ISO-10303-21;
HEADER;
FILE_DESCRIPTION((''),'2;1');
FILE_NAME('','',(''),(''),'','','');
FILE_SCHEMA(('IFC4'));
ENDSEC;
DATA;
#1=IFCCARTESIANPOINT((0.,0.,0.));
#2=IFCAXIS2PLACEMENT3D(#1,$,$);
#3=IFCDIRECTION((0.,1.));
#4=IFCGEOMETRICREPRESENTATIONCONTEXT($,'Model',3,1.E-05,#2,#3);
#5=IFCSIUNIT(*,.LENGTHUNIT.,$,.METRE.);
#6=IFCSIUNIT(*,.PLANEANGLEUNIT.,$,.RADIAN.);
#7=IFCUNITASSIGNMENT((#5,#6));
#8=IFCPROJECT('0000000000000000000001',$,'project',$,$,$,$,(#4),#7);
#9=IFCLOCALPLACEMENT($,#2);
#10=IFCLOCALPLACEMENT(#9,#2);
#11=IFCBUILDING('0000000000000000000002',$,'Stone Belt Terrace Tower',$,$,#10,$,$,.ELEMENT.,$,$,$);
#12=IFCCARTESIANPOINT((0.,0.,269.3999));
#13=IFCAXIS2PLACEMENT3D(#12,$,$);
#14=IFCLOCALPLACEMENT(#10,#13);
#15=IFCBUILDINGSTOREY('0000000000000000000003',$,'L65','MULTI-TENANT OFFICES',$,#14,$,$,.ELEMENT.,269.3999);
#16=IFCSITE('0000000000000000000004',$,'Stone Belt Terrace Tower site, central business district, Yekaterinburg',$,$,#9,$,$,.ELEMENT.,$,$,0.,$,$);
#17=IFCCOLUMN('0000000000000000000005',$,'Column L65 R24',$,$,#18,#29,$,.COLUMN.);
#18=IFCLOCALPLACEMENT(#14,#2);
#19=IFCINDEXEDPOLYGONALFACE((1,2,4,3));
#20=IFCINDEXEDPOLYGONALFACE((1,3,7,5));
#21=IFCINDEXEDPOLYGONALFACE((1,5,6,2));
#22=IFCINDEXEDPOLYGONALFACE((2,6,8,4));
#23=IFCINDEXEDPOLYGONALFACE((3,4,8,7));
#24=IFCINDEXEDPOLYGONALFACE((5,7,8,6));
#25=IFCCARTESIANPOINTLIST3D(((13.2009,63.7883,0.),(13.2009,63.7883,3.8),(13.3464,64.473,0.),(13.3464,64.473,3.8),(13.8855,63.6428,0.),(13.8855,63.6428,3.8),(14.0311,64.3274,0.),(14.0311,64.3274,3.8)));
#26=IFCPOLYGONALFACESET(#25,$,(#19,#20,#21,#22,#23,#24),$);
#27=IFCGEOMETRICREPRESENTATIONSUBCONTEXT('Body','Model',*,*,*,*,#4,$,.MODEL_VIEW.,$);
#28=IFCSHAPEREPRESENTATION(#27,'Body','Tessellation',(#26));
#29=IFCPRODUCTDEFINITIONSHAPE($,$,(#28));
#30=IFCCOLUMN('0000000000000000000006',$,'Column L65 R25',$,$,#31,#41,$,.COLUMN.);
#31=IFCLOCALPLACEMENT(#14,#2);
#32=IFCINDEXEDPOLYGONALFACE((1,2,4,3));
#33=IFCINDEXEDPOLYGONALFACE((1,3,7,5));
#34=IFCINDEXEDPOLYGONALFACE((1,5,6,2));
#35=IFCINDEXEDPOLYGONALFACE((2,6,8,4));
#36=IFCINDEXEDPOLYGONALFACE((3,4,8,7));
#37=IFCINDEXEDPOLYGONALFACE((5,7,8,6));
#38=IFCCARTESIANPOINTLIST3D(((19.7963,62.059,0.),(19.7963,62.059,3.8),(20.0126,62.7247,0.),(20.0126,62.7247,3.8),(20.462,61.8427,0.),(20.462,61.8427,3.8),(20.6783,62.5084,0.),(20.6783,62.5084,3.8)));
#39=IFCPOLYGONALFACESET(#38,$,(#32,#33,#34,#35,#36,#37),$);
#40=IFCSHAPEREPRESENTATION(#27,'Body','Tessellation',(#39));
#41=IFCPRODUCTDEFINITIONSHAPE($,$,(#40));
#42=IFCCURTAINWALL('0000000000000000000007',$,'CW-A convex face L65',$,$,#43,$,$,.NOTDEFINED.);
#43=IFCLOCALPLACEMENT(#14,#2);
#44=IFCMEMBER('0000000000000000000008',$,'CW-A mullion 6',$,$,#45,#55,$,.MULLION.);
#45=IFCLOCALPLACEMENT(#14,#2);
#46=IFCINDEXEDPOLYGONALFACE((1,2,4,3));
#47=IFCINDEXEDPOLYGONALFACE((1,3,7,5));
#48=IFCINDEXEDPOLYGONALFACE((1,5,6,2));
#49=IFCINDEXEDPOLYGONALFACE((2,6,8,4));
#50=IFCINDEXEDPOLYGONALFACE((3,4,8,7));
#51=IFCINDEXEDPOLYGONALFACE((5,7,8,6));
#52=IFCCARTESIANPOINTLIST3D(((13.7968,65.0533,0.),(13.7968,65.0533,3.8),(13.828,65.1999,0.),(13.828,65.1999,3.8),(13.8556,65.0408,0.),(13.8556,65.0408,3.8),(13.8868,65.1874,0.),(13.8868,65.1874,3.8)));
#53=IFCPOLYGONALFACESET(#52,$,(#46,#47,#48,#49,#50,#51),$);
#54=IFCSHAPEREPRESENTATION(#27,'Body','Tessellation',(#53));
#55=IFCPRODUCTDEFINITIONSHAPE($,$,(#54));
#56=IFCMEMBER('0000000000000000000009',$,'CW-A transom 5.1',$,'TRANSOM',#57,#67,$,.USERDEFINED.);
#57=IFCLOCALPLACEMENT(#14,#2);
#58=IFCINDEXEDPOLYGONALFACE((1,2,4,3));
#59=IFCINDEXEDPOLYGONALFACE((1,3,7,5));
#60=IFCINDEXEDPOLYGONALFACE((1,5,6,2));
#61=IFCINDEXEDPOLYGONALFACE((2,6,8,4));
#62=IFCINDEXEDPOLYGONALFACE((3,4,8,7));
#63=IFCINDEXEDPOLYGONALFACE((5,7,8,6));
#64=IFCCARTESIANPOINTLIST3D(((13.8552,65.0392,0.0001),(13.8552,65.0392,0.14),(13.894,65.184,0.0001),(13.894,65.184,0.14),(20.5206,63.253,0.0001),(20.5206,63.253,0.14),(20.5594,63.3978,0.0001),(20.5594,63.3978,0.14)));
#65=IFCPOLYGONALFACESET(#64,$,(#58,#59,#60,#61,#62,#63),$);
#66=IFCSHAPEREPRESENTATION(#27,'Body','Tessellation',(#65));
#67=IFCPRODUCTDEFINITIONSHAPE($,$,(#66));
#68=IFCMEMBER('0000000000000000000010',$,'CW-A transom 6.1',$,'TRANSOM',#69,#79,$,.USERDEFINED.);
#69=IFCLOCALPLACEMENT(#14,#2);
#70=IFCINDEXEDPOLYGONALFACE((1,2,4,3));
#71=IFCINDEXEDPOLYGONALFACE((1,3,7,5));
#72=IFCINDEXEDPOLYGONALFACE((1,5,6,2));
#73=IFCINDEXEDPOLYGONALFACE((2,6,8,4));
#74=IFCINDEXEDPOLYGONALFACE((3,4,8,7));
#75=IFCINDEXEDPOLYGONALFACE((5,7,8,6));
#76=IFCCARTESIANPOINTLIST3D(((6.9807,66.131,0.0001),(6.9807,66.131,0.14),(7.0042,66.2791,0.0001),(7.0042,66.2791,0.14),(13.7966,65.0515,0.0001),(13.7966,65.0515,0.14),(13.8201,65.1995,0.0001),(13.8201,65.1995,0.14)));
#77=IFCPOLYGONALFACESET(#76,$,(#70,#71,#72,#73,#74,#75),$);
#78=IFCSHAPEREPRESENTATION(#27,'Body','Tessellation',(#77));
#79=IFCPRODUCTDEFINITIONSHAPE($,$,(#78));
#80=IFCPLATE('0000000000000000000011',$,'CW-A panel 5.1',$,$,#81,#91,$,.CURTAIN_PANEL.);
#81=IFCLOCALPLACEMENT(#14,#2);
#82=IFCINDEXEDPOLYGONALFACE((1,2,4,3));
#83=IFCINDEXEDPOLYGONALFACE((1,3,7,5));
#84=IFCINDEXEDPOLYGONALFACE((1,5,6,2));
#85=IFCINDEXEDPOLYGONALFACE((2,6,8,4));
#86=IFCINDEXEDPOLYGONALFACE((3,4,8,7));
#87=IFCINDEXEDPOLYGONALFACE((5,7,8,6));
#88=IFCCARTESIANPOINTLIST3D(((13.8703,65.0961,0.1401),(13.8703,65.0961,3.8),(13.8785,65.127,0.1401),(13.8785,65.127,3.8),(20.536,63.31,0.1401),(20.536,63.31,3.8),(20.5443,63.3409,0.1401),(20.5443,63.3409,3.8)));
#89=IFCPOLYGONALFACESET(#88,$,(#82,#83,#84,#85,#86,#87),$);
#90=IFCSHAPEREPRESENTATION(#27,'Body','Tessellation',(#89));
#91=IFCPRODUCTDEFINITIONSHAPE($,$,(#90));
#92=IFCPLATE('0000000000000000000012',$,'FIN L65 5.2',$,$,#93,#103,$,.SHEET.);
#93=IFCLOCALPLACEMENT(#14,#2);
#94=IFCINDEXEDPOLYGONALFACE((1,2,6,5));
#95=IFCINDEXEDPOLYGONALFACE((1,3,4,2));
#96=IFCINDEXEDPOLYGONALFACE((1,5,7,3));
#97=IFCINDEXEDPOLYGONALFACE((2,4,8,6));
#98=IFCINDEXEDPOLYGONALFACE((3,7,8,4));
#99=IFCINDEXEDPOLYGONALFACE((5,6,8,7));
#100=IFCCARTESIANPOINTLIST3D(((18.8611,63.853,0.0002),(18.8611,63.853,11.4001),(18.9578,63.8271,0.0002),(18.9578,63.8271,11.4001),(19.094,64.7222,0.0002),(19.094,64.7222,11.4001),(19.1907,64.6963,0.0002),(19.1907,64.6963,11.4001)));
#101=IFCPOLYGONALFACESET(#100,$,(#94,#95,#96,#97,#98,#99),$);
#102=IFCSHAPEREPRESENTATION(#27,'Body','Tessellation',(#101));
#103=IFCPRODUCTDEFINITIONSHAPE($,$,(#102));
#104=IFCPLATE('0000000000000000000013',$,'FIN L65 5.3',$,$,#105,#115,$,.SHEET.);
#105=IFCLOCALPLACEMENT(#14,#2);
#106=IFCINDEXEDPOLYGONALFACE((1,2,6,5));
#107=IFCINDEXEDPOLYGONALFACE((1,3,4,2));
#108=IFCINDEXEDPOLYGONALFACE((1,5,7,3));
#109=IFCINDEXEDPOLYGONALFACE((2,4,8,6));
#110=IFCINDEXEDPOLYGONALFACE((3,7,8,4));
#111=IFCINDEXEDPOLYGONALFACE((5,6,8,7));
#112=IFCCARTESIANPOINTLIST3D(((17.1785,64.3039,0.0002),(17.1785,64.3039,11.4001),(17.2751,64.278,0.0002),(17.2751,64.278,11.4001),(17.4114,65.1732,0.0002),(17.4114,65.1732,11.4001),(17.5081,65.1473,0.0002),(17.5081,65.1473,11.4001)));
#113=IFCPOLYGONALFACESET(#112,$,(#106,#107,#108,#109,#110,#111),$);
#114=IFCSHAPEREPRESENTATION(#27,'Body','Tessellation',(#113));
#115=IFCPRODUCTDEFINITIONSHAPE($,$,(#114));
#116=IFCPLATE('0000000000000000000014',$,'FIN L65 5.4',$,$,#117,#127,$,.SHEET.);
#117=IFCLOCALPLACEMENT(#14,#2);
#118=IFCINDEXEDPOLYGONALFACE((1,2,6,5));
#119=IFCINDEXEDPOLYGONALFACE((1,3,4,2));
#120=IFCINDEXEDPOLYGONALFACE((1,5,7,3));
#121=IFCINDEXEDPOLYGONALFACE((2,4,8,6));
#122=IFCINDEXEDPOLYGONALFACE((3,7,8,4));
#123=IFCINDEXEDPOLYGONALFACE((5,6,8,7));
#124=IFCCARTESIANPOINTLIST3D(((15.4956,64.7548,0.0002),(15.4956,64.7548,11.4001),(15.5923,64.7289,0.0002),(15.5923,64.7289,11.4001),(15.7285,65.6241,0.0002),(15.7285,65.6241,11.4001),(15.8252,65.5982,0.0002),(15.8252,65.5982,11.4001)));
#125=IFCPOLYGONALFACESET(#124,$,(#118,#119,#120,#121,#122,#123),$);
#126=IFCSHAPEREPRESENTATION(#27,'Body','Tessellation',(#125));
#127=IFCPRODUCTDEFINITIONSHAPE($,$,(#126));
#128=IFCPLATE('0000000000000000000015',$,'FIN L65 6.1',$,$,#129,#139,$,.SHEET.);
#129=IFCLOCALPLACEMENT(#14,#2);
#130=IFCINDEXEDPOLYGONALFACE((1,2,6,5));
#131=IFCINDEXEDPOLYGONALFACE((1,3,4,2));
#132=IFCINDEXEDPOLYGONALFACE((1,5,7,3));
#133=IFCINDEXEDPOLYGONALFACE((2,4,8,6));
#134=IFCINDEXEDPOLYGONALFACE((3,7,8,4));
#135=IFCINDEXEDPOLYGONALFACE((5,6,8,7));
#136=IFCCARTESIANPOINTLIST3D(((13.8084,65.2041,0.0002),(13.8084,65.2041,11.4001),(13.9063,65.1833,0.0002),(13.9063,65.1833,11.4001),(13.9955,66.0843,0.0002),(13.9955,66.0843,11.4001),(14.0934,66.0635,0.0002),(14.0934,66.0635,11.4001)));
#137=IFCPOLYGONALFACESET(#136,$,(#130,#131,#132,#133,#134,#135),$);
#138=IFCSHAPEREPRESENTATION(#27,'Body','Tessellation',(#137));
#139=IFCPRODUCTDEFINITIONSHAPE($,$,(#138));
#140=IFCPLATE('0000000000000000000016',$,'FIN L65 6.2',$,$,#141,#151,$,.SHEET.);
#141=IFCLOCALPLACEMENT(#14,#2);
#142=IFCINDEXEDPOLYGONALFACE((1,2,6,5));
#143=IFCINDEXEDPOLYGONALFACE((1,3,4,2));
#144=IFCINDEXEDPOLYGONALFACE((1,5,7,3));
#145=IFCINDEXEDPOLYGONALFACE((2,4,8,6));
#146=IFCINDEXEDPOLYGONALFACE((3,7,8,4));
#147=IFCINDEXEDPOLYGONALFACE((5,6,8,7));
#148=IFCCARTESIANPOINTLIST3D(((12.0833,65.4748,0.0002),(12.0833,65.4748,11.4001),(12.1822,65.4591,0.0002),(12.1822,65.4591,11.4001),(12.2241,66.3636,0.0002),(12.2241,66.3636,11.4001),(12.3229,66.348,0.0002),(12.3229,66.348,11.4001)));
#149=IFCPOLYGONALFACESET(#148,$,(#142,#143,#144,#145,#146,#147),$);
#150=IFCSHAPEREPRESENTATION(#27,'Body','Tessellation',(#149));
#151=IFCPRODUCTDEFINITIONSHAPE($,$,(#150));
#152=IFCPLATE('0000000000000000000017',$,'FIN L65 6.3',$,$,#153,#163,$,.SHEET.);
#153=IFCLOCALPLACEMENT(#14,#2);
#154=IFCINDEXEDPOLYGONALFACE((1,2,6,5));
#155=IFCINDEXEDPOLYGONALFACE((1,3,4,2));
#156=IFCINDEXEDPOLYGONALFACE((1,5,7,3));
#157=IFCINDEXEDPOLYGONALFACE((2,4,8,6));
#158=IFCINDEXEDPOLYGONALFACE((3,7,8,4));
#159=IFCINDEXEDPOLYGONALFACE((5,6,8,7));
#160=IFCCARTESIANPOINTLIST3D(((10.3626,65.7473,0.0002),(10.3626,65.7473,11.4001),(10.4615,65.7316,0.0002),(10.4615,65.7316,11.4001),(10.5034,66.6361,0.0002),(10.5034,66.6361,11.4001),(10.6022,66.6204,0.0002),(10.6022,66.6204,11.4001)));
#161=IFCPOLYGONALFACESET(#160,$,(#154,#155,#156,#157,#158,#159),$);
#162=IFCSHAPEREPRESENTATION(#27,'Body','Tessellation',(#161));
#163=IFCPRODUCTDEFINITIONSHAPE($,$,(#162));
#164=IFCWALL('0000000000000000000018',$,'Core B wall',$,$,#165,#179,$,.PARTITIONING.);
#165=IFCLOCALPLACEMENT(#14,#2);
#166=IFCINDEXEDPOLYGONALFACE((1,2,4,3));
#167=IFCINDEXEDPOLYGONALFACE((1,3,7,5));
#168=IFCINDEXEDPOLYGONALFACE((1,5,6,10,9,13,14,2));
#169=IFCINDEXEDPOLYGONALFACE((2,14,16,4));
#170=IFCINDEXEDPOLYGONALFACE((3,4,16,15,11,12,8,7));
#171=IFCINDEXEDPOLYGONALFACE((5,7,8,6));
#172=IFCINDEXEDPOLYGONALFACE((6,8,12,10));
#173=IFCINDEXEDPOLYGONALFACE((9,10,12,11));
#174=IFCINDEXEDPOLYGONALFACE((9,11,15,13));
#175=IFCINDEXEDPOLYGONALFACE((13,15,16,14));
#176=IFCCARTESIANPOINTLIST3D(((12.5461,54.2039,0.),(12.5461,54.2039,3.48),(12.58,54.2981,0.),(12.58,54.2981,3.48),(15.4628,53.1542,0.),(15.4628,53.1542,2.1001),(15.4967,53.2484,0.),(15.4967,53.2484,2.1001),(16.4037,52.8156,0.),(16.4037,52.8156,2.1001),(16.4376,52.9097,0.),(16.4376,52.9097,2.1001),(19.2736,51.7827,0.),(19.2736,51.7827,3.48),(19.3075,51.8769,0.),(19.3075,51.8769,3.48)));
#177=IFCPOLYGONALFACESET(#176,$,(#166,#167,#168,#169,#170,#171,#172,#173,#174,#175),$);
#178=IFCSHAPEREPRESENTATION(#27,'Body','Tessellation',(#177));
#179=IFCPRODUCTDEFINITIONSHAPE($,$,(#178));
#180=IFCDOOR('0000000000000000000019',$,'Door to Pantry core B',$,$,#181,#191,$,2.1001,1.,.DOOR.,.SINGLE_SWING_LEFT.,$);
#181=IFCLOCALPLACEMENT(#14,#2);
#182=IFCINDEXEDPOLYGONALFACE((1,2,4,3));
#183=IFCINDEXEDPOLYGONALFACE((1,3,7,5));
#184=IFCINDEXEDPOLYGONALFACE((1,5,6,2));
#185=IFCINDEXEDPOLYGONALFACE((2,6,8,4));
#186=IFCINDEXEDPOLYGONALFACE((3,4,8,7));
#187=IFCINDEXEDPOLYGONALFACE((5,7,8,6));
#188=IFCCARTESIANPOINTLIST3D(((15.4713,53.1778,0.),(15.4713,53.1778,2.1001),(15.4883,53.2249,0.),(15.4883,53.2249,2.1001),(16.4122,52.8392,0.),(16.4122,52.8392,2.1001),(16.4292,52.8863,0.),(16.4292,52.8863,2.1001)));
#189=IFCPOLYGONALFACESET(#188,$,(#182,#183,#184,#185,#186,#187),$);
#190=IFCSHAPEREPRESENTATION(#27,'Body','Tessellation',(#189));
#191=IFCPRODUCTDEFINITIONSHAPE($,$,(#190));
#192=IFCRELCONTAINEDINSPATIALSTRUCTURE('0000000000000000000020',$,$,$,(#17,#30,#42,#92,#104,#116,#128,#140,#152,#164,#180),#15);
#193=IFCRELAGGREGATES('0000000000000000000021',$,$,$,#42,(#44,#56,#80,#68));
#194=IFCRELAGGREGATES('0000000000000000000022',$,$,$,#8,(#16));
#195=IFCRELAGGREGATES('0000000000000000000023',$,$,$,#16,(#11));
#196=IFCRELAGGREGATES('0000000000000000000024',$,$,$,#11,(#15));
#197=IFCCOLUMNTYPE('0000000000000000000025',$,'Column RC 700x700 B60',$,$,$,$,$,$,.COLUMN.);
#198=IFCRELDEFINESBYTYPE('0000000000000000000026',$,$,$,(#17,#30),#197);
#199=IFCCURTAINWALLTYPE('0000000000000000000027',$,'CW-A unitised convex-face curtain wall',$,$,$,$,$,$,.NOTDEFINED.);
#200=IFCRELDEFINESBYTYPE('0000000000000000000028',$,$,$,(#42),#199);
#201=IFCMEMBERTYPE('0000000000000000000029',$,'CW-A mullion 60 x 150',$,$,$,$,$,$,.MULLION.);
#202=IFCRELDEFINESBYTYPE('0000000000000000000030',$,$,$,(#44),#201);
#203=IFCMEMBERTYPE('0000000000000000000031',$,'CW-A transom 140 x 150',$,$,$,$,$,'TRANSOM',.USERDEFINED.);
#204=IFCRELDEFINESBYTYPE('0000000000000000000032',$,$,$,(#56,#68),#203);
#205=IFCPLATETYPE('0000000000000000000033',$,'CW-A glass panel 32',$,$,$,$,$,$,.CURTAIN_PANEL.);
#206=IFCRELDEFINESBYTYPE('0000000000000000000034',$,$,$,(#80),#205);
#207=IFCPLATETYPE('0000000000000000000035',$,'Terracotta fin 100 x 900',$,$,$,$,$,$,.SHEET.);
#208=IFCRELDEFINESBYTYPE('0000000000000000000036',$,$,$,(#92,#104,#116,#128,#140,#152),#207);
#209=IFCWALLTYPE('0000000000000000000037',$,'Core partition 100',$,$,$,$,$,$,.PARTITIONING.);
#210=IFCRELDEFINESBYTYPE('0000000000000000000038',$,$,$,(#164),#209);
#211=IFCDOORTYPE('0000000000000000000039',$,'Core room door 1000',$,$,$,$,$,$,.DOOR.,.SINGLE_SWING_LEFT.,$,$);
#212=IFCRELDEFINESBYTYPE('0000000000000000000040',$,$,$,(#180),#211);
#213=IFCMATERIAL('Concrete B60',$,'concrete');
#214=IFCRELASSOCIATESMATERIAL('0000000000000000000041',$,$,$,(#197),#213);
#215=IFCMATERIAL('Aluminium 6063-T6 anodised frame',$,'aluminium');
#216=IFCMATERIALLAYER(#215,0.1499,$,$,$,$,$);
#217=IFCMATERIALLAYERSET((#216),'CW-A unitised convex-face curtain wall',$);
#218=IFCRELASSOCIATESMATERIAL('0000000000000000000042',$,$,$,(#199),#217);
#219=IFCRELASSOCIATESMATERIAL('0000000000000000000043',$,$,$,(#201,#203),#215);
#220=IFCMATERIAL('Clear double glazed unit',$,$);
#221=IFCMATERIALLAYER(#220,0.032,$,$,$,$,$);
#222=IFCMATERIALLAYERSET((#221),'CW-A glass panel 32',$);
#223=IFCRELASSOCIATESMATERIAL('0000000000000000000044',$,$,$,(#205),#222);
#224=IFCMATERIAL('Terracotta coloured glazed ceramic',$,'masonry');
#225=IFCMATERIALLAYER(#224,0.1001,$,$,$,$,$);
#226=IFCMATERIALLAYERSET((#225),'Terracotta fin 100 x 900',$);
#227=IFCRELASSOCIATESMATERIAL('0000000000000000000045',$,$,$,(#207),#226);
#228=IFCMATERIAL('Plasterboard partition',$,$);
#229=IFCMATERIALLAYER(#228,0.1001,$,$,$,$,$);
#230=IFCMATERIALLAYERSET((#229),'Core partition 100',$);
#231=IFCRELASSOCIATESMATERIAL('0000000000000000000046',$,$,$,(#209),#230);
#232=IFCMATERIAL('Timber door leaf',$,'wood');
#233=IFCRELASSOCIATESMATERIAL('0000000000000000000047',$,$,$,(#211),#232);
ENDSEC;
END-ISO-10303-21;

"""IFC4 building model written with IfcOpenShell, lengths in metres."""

from ifc_helpers import new_model, si_unit, direction, frame, frame_2d, origin, origin_2d, place, context, subcontext, project, spatial, rectangle, extrude, material, layer, layer_set, material_profile, profile_set, type_object, element, fill, aggregate, save


model = new_model("IFC4")

# Units and contexts
model_context = context("Model", 3, precision=1e-05, world=origin(), true_north=direction((0.0, 1.0)))
body_context = subcontext(model_context, "Body", "Model", "MODEL_VIEW")
ifc_project = project(units=[si_unit("LENGTHUNIT", "METRE"), si_unit("PLANEANGLEUNIT", "RADIAN")], contexts=[model_context])

# Site, building, storey
site_placement = place(None, origin())
site = spatial("IfcSite", under=ifc_project, at=site_placement, Name="Stone Belt Terrace Tower site, central business district, Yekaterinburg", CompositionType="ELEMENT", RefElevation=0.0)
building_placement = place(site_placement, origin())
building = spatial("IfcBuilding", under=site, at=building_placement, Name="Stone Belt Terrace Tower", CompositionType="ELEMENT")
storey_placement = place(building_placement, frame((0.0, 0.0, 269.3999)))
storey = spatial("IfcBuildingStorey", under=building, at=storey_placement, Name="L65", Description="MULTI-TENANT OFFICES", CompositionType="ELEMENT", Elevation=269.3999)

# Columns
ifc_material_1 = material(Name="Concrete B60", Category="concrete")
ifc_material_profile_1 = material_profile(ifc_material_1, rectangle(XDim=0.7, YDim=0.7, at=origin_2d()), Name="RC 700x700")
ifc_profile_set_1 = profile_set([ifc_material_profile_1], Name="Concrete B60")
column_type = type_object("IfcColumnType", Name="Column RC 700x700 B60", PredefinedType="COLUMN", material=ifc_profile_set_1)
for number, where, z_axis, x_axis, name in (
    (1, (13.616, 64.0579, 0.0), (0.0, 0.0, 1.0), (0.978148, -0.207912, 0.0), "Column L65 R24"),
    (2, (20.2373, 62.2837, 0.0), (0.0, 0.0, 1.0), (0.951057, -0.309017, 0.0), "Column L65 R25"),
):
    element("IfcColumn", number, at=place(storey_placement, frame(where, z_axis=z_axis, x_axis=x_axis)), inside=storey, type_object=column_type, Name=name, PredefinedType="COLUMN", context=body_context, shape_type="SweptSolid", body=[
        extrude(rectangle(XDim=0.7, YDim=0.7, at=origin_2d()), origin(), (0.0, 0.0, 1.0), 3.8),
    ])

# Curtain wall, members, plate
ifc_material_2 = material(Name="Aluminium 6063-T6 anodised frame", Category="aluminium")
ifc_layer_1 = layer(ifc_material_2, 0.1499)
ifc_layer_set_1 = layer_set([ifc_layer_1], Name="CW-A unitised convex-face curtain wall")
curtain_wall_type = type_object("IfcCurtainWallType", Name="CW-A unitised convex-face curtain wall", PredefinedType="NOTDEFINED", material=ifc_layer_set_1)
curtain_wall_placement = place(storey_placement, origin())
curtain_wall = element("IfcCurtainWall", 3, at=curtain_wall_placement, inside=storey, type_object=curtain_wall_type, Name="CW-A convex face L65", PredefinedType="NOTDEFINED")
ifc_material_profile_2 = material_profile(ifc_material_2, rectangle(XDim=0.1499, YDim=0.0601, at=origin_2d()), Name="Aluminium 6063-T6 60x150")
ifc_profile_set_2 = profile_set([ifc_material_profile_2], Name="Aluminium 6063-T6 anodised frame")
member_type_1 = type_object("IfcMemberType", Name="CW-A mullion 60 x 150", PredefinedType="MULLION", material=ifc_profile_set_2)
member_1_placement = place(storey_placement, frame((13.8418, 65.1204, 0.0), z_axis=(0.0, 0.0, 1.0), x_axis=(-0.207912, -0.978148, 0.0)))
member_1 = element("IfcMember", 4, at=member_1_placement, type_object=member_type_1, Name="CW-A mullion 6", PredefinedType="MULLION", context=body_context, shape_type="SweptSolid", body=[
    extrude(rectangle(XDim=0.1499, YDim=0.0601, at=origin_2d()), origin(), (0.0, 0.0, 1.0), 3.8),
])
ifc_material_profile_3 = material_profile(ifc_material_2, rectangle(XDim=0.1499, YDim=0.1399, at=origin_2d()), Name="Aluminium 6063-T6 150x140")
ifc_profile_set_3 = profile_set([ifc_material_profile_3], Name="Aluminium 6063-T6 anodised frame")
member_type_2 = type_object("IfcMemberType", Name="CW-A transom 140 x 150", ElementType="TRANSOM", PredefinedType="USERDEFINED", material=ifc_profile_set_3)
member_2_placement = place(storey_placement, frame((20.54, 63.3254, 0.0701), z_axis=(-0.965922, 0.258834, 0.0), x_axis=(-0.258834, -0.965922, 0.0)))
member_2 = element("IfcMember", 5, at=member_2_placement, type_object=member_type_2, Name="CW-A transom 5.1", ObjectType="TRANSOM", PredefinedType="USERDEFINED", context=body_context, shape_type="SweptSolid", body=[
    extrude(rectangle(XDim=0.1499, YDim=0.1399, at=origin_2d()), origin(), (0.0, 0.0, 1.0), 6.9006),
])
member_3_placement = place(storey_placement, frame((13.8083, 65.1255, 0.0701), z_axis=(-0.987687, 0.156442, 0.0), x_axis=(-0.156442, -0.987687, 0.0)))
member_3 = element("IfcMember", 6, at=member_3_placement, type_object=member_type_2, Name="CW-A transom 6.1", ObjectType="TRANSOM", PredefinedType="USERDEFINED", context=body_context, shape_type="SweptSolid", body=[
    extrude(rectangle(XDim=0.1499, YDim=0.1399, at=origin_2d()), origin(), (0.0, 0.0, 1.0), 6.9009),
])
ifc_material_3 = material(Name="Clear double glazed unit")
ifc_layer_2 = layer(ifc_material_3, 0.032)
ifc_layer_set_2 = layer_set([ifc_layer_2], Name="CW-A glass panel 32")
plate_type_1 = type_object("IfcPlateType", Name="CW-A glass panel 32", PredefinedType="CURTAIN_PANEL", material=ifc_layer_set_2)
plate_placement = place(storey_placement, frame((17.2073, 64.2185, 0.1401), z_axis=(0.0, 0.0, 1.0), x_axis=(-0.965926, 0.258819, 0.0)))
plate = element("IfcPlate", 7, at=plate_placement, type_object=plate_type_1, Name="CW-A panel 5.1", PredefinedType="CURTAIN_PANEL", context=body_context, shape_type="SweptSolid", body=[
    extrude(rectangle(XDim=6.9009, YDim=0.032, at=origin_2d()), origin(), (0.0, 0.0, 1.0), 3.6599),
])
aggregate(curtain_wall, [member_1, member_2, plate, member_3])

# Plates
ifc_material_4 = material(Name="Terracotta coloured glazed ceramic", Category="masonry")
ifc_layer_3 = layer(ifc_material_4, 0.1001)
ifc_layer_set_3 = layer_set([ifc_layer_3], Name="Terracotta fin 100 x 900")
plate_type_2 = type_object("IfcPlateType", Name="Terracotta fin 100 x 900", PredefinedType="SHEET", material=ifc_layer_set_3)
for number, where, z_axis, x_axis, name in (
    (8, (19.0259, 64.2747, 0.0002), (0.0, 0.0, 1.0), (0.258819, 0.965926, 0.0), "FIN L65 5.2"),
    (9, (17.3433, 64.7256, 0.0002), (0.0, 0.0, 1.0), (0.258819, 0.965926, 0.0), "FIN L65 5.3"),
    (10, (15.6604, 65.1765, 0.0002), (0.0, 0.0, 1.0), (0.258819, 0.965926, 0.0), "FIN L65 5.4"),
    (11, (13.9509, 65.6338, 0.0002), (0.0, 0.0, 1.0), (0.207912, 0.978148, 0.0), "FIN L65 6.1"),
    (12, (12.2031, 65.9114, 0.0002), (0.0, 0.0, 1.0), (0.156434, 0.987688, 0.0), "FIN L65 6.2"),
    (13, (10.4824, 66.1838, 0.0002), (0.0, 0.0, 1.0), (0.156434, 0.987688, 0.0), "FIN L65 6.3"),
):
    element("IfcPlate", number, at=place(storey_placement, frame(where, z_axis=z_axis, x_axis=x_axis)), inside=storey, type_object=plate_type_2, Name=name, PredefinedType="SHEET", context=body_context, shape_type="SweptSolid", body=[
        extrude(rectangle(XDim=0.8999, YDim=0.1001, at=origin_2d()), origin(), (0.0, 0.0, 1.0), 11.3999),
    ])

# Wall, opening, door
ifc_material_5 = material(Name="Plasterboard partition")
ifc_layer_4 = layer(ifc_material_5, 0.1001)
ifc_layer_set_4 = layer_set([ifc_layer_4], Name="Core partition 100")
wall_type_1 = type_object("IfcWallType", Name="Core partition 100", PredefinedType="PARTITIONING", material=ifc_layer_set_4)
wall_1_placement = place(storey_placement, frame((19.2905, 51.8298, 0.0), z_axis=(0.0, 0.0, 1.0), x_axis=(-0.940922, 0.338624, 0.0)))
wall_1 = element("IfcWall", 14, at=wall_1_placement, inside=storey, type_object=wall_type_1, Name="Core B wall", PredefinedType="PARTITIONING", context=body_context, shape_type="SweptSolid", body=[
    extrude(rectangle(XDim=7.1499, YDim=0.1001, at=frame_2d((3.575, 0.0))), origin(), (0.0, 0.0, 1.0), 3.48),
])
opening_1_placement = place(wall_1_placement, frame((3.05, 0.0, 0.0)))
opening_1 = element("IfcOpeningElement", 15, at=opening_1_placement, cuts=wall_1, PredefinedType="OPENING", context=body_context, shape_type="SweptSolid", body=[
    extrude(rectangle(XDim=1.0, YDim=2.1001, at=frame_2d((0.5, 1.05))), frame((0.0, 0.0601, 0.0), z_axis=(0.0, -1.0, 0.0), x_axis=(1.0, 0.0, 0.0)), (0.0, 0.0, 1.0), 0.1201),
])
ifc_material_6 = material(Name="Timber door leaf", Category="wood")
door_type_1 = type_object("IfcDoorType", Name="Core room door 1000", OperationType="SINGLE_SWING_LEFT", PredefinedType="DOOR", material=ifc_material_6)
door_1_placement = place(opening_1_placement, origin())
door_1 = element("IfcDoor", 16, at=door_1_placement, inside=storey, type_object=door_type_1, Name="Door to Pantry core B", OperationType="SINGLE_SWING_LEFT", OverallHeight=2.1001, OverallWidth=1.0, PredefinedType="DOOR", context=body_context, shape_type="SweptSolid", body=[
    extrude(rectangle(XDim=1.0, YDim=2.1001, at=frame_2d((0.5, 1.05))), frame((0.0, 0.0249, 0.0), z_axis=(0.0, -1.0, 0.0), x_axis=(1.0, 0.0, 0.0)), (0.0, 0.0, 1.0), 0.05),
])
fill(opening_1, door_1)

save(model, "model.ifc")
